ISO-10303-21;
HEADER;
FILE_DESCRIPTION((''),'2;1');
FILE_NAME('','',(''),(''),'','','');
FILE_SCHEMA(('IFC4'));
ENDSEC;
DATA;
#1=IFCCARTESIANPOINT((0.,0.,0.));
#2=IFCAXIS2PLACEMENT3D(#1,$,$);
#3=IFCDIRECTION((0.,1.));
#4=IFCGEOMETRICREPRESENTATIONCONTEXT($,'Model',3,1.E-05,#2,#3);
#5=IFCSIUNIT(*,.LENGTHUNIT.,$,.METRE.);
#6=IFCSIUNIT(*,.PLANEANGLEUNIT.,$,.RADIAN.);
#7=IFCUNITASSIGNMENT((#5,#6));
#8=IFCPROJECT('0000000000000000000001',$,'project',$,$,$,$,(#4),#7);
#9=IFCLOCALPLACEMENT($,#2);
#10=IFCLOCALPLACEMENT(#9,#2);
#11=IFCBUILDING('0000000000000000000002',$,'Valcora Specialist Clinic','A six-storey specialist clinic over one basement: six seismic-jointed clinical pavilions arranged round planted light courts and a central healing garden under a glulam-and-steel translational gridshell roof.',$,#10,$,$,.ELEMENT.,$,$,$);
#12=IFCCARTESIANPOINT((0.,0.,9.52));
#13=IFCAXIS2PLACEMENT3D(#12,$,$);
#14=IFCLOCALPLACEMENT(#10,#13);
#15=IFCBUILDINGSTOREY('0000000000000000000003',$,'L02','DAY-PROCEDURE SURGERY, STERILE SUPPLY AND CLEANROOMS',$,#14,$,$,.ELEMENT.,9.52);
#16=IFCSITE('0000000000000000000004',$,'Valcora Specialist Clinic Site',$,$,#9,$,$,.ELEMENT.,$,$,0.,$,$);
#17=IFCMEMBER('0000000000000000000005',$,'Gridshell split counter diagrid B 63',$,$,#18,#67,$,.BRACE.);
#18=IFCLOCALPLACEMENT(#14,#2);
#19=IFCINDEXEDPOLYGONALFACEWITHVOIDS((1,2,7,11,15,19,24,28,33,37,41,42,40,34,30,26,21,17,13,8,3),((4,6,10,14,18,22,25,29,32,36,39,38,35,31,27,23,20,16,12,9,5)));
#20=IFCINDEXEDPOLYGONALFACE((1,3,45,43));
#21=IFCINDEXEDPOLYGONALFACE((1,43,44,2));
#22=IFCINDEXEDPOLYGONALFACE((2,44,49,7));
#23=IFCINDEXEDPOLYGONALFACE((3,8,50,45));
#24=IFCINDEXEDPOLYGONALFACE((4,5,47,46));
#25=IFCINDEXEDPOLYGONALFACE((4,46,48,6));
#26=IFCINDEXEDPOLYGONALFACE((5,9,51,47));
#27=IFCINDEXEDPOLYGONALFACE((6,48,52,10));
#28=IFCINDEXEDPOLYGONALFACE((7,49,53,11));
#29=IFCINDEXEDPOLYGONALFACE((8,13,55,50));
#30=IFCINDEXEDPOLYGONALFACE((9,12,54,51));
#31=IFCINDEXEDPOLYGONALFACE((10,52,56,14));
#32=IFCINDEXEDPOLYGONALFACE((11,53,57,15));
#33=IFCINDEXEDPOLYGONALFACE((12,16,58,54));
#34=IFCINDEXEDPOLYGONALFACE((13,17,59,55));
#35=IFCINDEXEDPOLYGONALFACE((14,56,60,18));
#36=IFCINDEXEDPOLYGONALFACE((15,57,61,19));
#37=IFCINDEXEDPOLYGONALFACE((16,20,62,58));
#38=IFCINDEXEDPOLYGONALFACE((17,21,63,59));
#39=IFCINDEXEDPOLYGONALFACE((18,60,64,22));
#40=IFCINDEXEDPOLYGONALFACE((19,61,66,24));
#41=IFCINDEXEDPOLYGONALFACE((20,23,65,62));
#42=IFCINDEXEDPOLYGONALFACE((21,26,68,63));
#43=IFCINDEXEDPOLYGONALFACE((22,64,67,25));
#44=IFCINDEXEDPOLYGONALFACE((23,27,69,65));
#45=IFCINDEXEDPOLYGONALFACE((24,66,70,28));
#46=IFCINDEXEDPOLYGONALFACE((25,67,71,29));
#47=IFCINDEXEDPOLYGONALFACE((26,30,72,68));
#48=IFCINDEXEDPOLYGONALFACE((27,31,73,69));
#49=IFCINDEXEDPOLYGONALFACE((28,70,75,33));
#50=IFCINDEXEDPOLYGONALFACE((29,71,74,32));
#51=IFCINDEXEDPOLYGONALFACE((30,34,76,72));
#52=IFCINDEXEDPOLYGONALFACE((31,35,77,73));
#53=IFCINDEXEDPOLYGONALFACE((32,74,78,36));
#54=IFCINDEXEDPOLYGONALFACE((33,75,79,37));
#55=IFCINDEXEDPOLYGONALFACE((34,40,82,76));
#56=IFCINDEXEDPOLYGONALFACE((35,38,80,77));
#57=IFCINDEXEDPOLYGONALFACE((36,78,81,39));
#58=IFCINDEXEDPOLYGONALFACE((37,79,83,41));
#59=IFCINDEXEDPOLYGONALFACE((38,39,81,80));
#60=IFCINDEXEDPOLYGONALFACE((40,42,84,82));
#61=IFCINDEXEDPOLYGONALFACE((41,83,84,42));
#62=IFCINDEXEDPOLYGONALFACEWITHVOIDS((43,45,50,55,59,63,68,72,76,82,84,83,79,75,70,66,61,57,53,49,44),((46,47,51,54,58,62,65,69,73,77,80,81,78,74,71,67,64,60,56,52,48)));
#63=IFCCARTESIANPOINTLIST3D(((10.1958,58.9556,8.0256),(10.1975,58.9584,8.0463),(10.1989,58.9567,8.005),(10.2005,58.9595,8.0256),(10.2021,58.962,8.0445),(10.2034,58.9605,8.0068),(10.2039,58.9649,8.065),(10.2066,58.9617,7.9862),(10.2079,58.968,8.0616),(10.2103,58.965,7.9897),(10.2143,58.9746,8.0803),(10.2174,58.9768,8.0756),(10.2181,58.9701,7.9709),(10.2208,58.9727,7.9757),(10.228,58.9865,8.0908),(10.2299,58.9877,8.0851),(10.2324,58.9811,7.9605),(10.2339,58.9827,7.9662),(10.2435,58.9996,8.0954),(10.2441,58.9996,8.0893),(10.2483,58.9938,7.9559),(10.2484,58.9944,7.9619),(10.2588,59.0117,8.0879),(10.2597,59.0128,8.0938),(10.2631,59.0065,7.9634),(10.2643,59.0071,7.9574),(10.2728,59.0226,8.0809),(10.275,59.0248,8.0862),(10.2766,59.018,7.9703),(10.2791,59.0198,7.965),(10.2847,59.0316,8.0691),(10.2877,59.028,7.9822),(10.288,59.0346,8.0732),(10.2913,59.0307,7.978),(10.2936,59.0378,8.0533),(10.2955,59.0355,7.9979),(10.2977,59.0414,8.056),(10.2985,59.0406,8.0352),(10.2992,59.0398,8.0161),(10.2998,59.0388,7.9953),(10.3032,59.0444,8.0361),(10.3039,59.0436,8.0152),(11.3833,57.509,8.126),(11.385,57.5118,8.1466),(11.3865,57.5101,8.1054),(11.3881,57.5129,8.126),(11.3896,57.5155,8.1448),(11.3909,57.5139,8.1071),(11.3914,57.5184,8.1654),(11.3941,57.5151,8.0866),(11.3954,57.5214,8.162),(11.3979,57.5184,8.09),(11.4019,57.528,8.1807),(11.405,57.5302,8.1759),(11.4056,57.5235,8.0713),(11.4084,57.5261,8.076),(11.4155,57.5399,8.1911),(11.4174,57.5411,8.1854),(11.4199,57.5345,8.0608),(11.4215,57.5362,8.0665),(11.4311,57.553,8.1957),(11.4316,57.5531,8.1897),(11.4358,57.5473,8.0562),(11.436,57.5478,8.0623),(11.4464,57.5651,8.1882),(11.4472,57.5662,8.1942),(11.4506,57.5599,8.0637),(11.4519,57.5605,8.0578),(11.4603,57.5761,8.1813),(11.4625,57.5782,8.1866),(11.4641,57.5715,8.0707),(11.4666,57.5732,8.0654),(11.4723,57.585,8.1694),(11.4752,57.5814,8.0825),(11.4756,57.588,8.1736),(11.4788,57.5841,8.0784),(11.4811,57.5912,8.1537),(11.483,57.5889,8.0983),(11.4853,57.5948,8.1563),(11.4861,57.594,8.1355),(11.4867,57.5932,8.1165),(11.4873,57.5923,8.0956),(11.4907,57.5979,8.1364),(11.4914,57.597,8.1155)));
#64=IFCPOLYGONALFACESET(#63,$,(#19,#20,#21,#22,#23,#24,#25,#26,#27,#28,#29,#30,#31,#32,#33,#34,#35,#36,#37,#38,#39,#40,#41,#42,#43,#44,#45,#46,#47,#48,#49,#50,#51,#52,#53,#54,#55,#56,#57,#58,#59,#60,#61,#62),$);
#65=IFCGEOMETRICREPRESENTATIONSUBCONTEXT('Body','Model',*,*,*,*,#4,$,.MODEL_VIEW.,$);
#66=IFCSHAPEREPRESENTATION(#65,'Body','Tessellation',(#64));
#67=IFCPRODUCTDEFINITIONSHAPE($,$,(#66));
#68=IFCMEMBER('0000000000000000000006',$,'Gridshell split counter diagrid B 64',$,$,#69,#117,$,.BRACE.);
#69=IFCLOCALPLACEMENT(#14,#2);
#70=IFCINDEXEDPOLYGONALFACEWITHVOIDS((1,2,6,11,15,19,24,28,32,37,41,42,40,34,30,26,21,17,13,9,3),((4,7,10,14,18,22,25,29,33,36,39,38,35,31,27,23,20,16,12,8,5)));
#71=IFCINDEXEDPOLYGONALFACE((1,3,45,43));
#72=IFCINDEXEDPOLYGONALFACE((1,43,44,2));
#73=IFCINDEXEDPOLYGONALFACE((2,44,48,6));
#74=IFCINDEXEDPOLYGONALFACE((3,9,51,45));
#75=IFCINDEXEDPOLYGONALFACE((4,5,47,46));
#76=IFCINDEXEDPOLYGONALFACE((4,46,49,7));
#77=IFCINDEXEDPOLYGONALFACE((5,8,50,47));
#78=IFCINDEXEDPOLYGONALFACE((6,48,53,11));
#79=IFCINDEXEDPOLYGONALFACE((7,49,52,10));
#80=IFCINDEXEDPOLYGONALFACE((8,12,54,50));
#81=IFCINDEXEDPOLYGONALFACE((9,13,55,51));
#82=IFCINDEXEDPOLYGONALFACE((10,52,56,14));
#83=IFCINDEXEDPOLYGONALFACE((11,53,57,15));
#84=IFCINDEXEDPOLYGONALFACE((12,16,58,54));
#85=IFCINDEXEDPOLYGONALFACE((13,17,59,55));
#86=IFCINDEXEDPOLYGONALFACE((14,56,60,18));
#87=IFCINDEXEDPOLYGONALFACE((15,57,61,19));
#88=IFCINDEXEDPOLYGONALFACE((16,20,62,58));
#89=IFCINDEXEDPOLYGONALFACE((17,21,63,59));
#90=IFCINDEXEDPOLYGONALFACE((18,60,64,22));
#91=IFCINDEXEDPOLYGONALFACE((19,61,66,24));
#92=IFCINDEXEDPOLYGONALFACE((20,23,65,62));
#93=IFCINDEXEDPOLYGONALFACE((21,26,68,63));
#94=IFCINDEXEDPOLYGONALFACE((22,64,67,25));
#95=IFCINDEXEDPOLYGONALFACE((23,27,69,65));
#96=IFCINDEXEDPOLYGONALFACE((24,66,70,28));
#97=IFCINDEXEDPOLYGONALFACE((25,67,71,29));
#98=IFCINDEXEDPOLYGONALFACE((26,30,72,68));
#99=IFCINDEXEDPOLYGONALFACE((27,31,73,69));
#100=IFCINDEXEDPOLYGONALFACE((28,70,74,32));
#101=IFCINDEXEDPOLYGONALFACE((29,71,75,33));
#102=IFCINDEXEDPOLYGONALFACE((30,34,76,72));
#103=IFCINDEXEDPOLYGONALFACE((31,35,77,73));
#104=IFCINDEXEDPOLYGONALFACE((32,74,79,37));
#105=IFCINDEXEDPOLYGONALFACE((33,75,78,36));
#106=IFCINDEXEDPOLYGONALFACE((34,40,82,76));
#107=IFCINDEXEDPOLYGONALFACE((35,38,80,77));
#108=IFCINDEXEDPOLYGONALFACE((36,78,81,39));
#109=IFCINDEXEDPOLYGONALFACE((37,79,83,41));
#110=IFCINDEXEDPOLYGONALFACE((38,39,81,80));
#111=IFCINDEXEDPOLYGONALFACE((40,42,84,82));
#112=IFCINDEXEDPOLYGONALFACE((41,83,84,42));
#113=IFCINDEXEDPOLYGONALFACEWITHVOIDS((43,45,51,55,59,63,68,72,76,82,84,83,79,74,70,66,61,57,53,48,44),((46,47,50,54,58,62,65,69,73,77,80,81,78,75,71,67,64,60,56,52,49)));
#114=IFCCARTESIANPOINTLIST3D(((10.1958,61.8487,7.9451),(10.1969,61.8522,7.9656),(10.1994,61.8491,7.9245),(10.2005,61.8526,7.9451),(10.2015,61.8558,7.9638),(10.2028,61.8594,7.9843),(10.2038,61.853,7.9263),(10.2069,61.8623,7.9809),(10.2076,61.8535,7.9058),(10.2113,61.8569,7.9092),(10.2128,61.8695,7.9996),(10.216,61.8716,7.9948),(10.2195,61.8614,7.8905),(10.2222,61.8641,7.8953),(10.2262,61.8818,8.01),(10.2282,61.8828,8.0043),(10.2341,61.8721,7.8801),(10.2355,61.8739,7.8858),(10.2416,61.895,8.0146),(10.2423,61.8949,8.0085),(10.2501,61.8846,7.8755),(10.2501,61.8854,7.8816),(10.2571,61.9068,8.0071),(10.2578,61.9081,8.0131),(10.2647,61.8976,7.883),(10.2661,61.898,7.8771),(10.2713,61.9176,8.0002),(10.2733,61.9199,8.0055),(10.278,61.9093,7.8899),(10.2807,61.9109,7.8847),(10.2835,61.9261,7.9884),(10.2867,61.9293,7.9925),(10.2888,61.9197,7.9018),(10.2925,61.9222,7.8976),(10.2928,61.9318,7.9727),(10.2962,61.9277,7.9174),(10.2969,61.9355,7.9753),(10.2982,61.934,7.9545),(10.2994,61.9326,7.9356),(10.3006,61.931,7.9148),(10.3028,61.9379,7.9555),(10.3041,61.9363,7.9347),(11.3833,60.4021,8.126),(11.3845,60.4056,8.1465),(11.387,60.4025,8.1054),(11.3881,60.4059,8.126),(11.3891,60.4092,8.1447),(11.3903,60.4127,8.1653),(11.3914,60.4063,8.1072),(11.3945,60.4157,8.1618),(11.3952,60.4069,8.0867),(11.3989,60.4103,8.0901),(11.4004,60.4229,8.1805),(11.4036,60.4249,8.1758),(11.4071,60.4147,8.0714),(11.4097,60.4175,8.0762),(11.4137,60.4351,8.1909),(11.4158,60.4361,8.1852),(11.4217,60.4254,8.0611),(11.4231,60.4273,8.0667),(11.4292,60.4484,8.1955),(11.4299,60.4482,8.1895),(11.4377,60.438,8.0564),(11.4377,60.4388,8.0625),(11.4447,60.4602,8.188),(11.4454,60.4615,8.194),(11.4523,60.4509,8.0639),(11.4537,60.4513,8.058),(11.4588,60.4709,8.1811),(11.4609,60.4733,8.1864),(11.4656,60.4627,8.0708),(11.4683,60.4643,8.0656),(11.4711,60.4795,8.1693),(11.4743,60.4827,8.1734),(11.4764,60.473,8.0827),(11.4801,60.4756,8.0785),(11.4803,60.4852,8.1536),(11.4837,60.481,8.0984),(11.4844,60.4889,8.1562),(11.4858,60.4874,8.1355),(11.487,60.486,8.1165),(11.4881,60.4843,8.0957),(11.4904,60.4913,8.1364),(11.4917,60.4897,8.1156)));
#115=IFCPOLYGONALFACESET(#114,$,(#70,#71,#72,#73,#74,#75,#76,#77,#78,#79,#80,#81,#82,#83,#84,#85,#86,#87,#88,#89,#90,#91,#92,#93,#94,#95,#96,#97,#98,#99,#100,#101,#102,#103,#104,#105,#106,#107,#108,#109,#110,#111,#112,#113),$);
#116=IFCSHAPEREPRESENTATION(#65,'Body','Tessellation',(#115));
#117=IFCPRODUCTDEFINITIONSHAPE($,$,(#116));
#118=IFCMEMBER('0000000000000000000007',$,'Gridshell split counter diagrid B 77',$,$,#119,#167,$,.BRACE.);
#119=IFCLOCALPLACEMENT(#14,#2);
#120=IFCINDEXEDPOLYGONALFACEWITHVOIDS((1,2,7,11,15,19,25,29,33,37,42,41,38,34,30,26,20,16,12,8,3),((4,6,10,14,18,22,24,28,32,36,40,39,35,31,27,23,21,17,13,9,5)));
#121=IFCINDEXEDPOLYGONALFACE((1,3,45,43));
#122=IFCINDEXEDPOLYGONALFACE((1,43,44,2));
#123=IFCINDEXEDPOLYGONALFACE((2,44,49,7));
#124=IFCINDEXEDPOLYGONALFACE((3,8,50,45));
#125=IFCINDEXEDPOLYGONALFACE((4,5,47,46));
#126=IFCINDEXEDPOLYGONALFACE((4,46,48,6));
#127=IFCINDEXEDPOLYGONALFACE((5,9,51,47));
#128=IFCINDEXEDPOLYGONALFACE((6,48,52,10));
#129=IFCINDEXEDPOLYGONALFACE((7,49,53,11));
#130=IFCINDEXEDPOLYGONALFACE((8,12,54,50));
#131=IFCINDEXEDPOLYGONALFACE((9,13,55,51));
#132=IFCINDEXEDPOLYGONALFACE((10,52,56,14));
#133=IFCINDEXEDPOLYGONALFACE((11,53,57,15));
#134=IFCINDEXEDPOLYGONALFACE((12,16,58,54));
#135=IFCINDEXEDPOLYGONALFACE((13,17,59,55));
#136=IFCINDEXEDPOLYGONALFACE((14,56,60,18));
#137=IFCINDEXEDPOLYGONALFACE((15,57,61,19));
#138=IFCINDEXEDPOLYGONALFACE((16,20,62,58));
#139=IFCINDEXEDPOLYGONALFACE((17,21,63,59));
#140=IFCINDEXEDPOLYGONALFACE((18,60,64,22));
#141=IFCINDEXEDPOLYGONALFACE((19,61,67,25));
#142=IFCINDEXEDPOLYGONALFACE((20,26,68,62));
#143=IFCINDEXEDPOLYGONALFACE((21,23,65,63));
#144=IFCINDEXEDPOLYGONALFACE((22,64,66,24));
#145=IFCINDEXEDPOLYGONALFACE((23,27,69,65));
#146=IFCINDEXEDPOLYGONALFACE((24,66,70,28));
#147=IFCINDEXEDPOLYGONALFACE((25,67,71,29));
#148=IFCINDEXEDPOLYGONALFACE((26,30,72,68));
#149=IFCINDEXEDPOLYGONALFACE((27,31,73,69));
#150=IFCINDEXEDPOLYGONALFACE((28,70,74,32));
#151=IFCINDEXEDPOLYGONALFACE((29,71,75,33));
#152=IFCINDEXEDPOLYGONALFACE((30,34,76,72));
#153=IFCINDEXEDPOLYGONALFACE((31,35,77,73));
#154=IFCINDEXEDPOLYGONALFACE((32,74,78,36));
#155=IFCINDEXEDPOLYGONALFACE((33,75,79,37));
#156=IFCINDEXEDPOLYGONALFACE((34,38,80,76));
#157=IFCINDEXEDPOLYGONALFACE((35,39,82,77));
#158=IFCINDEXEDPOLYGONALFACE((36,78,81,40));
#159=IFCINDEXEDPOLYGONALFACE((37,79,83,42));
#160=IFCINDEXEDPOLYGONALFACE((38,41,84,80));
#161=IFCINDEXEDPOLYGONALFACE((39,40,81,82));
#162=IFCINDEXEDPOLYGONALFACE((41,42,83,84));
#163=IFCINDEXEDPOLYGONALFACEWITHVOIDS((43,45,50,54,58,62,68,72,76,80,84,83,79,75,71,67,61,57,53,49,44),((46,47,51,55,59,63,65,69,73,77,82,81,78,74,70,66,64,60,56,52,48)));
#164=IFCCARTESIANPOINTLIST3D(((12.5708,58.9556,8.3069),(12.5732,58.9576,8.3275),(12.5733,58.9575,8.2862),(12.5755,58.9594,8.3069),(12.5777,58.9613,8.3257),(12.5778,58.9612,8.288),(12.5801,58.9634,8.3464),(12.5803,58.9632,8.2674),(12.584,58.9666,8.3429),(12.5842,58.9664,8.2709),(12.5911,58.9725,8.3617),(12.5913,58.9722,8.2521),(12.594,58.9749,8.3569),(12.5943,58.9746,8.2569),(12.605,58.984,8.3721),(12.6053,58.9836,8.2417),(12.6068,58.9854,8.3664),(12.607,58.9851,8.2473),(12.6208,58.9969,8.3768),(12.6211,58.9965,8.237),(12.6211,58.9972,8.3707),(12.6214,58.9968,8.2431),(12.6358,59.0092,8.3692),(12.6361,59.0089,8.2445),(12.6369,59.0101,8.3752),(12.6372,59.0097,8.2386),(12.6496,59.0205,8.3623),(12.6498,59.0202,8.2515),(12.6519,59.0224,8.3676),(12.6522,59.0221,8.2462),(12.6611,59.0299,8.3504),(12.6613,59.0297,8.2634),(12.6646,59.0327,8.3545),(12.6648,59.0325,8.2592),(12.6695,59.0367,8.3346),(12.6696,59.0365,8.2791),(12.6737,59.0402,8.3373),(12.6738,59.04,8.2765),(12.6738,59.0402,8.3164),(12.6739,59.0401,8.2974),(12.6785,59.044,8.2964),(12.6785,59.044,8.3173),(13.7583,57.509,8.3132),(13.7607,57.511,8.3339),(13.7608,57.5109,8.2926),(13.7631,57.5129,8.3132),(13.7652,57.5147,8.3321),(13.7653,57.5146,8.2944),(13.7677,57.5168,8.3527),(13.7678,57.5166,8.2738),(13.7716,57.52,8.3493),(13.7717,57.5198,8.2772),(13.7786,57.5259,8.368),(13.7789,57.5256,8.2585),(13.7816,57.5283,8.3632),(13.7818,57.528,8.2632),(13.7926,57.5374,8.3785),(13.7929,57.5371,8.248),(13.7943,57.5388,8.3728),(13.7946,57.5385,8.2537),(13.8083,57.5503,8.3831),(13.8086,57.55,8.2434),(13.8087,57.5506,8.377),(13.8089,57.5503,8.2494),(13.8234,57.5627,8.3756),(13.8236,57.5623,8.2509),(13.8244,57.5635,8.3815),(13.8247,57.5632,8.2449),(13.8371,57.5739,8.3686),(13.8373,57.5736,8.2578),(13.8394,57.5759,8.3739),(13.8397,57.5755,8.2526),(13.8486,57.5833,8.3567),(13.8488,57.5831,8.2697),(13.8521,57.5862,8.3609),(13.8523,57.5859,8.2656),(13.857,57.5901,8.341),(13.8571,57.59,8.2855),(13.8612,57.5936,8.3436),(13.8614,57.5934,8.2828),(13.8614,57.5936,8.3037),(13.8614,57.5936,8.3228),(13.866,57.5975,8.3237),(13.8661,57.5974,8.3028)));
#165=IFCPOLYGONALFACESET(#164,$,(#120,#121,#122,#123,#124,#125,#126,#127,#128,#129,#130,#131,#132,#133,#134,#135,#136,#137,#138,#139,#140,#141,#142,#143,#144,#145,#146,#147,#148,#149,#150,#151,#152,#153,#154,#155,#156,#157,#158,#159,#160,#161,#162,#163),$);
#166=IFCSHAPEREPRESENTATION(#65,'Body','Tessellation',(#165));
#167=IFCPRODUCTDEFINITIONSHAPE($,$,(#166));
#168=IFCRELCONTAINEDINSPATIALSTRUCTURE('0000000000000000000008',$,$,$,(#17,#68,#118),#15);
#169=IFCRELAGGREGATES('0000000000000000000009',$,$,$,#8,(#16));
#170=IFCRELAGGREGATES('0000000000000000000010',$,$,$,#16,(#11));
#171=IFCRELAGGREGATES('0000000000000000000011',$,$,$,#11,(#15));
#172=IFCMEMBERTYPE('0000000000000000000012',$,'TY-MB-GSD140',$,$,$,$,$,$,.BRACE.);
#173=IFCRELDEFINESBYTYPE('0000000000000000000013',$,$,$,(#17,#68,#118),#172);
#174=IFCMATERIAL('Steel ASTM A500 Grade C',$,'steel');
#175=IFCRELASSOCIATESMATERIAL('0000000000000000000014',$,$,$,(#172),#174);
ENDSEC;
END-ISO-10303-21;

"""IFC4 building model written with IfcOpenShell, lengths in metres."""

from ifc_helpers import new_model, si_unit, direction, frame, origin, origin_2d, place, context, subcontext, project, spatial, hollow_circle, extrude, material, material_profile, profile_set, type_object, element, save


model = new_model("IFC4")

# Units and contexts
model_context = context("Model", 3, precision=1e-05, world=origin(), true_north=direction((0.0, 1.0)))
body_context = subcontext(model_context, "Body", "Model", "MODEL_VIEW")
ifc_project = project(units=[si_unit("LENGTHUNIT", "METRE"), si_unit("PLANEANGLEUNIT", "RADIAN")], contexts=[model_context])

# Site, building, storey
site_placement = place(None, origin())
site = spatial("IfcSite", under=ifc_project, at=site_placement, Name="Valcora Specialist Clinic Site", CompositionType="ELEMENT", RefElevation=0.0)
building_placement = place(site_placement, origin())
building = spatial("IfcBuilding", under=site, at=building_placement, Name="Valcora Specialist Clinic", Description="A six-storey specialist clinic over one basement: six seismic-jointed clinical pavilions arranged round planted light courts and a central healing garden under a glulam-and-steel translational gridshell roof.", CompositionType="ELEMENT")
storey_placement = place(building_placement, frame((0.0, 0.0, 9.52)))
storey = spatial("IfcBuildingStorey", under=building, at=storey_placement, Name="L02", Description="DAY-PROCEDURE SURGERY, STERILE SUPPLY AND CLEANROOMS", CompositionType="ELEMENT", Elevation=9.52)

# Members
ifc_material_1 = material(Name="Steel ASTM A500 Grade C", Category="steel")
ifc_material_profile_1 = material_profile(ifc_material_1, hollow_circle(Radius=0.0701, WallThickness=0.0061, at=origin_2d()), Name="ST-CHS-140X6")
ifc_profile_set_1 = profile_set([ifc_material_profile_1], Name="Steel ASTM A500 Grade C")
member_type_1 = type_object("IfcMemberType", Name="TY-MB-GSD140", PredefinedType="BRACE", material=ifc_profile_set_1)
member_1_placement = place(storey_placement, frame((11.4375, 57.5535, 8.126), z_axis=(-0.633598, 0.771807, -0.053538), x_axis=(-0.772916, -0.634508, 0.0)))
element("IfcMember", 1, at=member_1_placement, inside=storey, type_object=member_type_1, Name="Gridshell split counter diagrid B 63", PredefinedType="BRACE", context=body_context, shape_type="SweptSolid", body=[
    extrude(hollow_circle(Radius=0.0701, WallThickness=0.0061, at=origin_2d()), origin(), (0.0, 0.0, 1.0), 1.8743),
])
member_2_placement = place(storey_placement, frame((11.4375, 60.4465, 8.126), z_axis=(-0.631565, 0.76933, -0.096215), x_axis=(-0.772916, -0.634508, 0.0)))
element("IfcMember", 2, at=member_2_placement, inside=storey, type_object=member_type_1, Name="Gridshell split counter diagrid B 64", PredefinedType="BRACE", context=body_context, shape_type="SweptSolid", body=[
    extrude(hollow_circle(Radius=0.0701, WallThickness=0.0061, at=origin_2d()), origin(), (0.0, 0.0, 1.0), 1.8804),
])
member_3_placement = place(storey_placement, frame((13.8125, 57.5535, 8.3132), z_axis=(-0.634505, 0.772911, -0.003392), x_axis=(-0.772916, -0.634508, 0.0)))
element("IfcMember", 3, at=member_3_placement, inside=storey, type_object=member_type_1, Name="Gridshell split counter diagrid B 77", PredefinedType="BRACE", context=body_context, shape_type="SweptSolid", body=[
    extrude(hollow_circle(Radius=0.0701, WallThickness=0.0061, at=origin_2d()), origin(), (0.0, 0.0, 1.0), 1.8716),
])

save(model, "model.ifc")
